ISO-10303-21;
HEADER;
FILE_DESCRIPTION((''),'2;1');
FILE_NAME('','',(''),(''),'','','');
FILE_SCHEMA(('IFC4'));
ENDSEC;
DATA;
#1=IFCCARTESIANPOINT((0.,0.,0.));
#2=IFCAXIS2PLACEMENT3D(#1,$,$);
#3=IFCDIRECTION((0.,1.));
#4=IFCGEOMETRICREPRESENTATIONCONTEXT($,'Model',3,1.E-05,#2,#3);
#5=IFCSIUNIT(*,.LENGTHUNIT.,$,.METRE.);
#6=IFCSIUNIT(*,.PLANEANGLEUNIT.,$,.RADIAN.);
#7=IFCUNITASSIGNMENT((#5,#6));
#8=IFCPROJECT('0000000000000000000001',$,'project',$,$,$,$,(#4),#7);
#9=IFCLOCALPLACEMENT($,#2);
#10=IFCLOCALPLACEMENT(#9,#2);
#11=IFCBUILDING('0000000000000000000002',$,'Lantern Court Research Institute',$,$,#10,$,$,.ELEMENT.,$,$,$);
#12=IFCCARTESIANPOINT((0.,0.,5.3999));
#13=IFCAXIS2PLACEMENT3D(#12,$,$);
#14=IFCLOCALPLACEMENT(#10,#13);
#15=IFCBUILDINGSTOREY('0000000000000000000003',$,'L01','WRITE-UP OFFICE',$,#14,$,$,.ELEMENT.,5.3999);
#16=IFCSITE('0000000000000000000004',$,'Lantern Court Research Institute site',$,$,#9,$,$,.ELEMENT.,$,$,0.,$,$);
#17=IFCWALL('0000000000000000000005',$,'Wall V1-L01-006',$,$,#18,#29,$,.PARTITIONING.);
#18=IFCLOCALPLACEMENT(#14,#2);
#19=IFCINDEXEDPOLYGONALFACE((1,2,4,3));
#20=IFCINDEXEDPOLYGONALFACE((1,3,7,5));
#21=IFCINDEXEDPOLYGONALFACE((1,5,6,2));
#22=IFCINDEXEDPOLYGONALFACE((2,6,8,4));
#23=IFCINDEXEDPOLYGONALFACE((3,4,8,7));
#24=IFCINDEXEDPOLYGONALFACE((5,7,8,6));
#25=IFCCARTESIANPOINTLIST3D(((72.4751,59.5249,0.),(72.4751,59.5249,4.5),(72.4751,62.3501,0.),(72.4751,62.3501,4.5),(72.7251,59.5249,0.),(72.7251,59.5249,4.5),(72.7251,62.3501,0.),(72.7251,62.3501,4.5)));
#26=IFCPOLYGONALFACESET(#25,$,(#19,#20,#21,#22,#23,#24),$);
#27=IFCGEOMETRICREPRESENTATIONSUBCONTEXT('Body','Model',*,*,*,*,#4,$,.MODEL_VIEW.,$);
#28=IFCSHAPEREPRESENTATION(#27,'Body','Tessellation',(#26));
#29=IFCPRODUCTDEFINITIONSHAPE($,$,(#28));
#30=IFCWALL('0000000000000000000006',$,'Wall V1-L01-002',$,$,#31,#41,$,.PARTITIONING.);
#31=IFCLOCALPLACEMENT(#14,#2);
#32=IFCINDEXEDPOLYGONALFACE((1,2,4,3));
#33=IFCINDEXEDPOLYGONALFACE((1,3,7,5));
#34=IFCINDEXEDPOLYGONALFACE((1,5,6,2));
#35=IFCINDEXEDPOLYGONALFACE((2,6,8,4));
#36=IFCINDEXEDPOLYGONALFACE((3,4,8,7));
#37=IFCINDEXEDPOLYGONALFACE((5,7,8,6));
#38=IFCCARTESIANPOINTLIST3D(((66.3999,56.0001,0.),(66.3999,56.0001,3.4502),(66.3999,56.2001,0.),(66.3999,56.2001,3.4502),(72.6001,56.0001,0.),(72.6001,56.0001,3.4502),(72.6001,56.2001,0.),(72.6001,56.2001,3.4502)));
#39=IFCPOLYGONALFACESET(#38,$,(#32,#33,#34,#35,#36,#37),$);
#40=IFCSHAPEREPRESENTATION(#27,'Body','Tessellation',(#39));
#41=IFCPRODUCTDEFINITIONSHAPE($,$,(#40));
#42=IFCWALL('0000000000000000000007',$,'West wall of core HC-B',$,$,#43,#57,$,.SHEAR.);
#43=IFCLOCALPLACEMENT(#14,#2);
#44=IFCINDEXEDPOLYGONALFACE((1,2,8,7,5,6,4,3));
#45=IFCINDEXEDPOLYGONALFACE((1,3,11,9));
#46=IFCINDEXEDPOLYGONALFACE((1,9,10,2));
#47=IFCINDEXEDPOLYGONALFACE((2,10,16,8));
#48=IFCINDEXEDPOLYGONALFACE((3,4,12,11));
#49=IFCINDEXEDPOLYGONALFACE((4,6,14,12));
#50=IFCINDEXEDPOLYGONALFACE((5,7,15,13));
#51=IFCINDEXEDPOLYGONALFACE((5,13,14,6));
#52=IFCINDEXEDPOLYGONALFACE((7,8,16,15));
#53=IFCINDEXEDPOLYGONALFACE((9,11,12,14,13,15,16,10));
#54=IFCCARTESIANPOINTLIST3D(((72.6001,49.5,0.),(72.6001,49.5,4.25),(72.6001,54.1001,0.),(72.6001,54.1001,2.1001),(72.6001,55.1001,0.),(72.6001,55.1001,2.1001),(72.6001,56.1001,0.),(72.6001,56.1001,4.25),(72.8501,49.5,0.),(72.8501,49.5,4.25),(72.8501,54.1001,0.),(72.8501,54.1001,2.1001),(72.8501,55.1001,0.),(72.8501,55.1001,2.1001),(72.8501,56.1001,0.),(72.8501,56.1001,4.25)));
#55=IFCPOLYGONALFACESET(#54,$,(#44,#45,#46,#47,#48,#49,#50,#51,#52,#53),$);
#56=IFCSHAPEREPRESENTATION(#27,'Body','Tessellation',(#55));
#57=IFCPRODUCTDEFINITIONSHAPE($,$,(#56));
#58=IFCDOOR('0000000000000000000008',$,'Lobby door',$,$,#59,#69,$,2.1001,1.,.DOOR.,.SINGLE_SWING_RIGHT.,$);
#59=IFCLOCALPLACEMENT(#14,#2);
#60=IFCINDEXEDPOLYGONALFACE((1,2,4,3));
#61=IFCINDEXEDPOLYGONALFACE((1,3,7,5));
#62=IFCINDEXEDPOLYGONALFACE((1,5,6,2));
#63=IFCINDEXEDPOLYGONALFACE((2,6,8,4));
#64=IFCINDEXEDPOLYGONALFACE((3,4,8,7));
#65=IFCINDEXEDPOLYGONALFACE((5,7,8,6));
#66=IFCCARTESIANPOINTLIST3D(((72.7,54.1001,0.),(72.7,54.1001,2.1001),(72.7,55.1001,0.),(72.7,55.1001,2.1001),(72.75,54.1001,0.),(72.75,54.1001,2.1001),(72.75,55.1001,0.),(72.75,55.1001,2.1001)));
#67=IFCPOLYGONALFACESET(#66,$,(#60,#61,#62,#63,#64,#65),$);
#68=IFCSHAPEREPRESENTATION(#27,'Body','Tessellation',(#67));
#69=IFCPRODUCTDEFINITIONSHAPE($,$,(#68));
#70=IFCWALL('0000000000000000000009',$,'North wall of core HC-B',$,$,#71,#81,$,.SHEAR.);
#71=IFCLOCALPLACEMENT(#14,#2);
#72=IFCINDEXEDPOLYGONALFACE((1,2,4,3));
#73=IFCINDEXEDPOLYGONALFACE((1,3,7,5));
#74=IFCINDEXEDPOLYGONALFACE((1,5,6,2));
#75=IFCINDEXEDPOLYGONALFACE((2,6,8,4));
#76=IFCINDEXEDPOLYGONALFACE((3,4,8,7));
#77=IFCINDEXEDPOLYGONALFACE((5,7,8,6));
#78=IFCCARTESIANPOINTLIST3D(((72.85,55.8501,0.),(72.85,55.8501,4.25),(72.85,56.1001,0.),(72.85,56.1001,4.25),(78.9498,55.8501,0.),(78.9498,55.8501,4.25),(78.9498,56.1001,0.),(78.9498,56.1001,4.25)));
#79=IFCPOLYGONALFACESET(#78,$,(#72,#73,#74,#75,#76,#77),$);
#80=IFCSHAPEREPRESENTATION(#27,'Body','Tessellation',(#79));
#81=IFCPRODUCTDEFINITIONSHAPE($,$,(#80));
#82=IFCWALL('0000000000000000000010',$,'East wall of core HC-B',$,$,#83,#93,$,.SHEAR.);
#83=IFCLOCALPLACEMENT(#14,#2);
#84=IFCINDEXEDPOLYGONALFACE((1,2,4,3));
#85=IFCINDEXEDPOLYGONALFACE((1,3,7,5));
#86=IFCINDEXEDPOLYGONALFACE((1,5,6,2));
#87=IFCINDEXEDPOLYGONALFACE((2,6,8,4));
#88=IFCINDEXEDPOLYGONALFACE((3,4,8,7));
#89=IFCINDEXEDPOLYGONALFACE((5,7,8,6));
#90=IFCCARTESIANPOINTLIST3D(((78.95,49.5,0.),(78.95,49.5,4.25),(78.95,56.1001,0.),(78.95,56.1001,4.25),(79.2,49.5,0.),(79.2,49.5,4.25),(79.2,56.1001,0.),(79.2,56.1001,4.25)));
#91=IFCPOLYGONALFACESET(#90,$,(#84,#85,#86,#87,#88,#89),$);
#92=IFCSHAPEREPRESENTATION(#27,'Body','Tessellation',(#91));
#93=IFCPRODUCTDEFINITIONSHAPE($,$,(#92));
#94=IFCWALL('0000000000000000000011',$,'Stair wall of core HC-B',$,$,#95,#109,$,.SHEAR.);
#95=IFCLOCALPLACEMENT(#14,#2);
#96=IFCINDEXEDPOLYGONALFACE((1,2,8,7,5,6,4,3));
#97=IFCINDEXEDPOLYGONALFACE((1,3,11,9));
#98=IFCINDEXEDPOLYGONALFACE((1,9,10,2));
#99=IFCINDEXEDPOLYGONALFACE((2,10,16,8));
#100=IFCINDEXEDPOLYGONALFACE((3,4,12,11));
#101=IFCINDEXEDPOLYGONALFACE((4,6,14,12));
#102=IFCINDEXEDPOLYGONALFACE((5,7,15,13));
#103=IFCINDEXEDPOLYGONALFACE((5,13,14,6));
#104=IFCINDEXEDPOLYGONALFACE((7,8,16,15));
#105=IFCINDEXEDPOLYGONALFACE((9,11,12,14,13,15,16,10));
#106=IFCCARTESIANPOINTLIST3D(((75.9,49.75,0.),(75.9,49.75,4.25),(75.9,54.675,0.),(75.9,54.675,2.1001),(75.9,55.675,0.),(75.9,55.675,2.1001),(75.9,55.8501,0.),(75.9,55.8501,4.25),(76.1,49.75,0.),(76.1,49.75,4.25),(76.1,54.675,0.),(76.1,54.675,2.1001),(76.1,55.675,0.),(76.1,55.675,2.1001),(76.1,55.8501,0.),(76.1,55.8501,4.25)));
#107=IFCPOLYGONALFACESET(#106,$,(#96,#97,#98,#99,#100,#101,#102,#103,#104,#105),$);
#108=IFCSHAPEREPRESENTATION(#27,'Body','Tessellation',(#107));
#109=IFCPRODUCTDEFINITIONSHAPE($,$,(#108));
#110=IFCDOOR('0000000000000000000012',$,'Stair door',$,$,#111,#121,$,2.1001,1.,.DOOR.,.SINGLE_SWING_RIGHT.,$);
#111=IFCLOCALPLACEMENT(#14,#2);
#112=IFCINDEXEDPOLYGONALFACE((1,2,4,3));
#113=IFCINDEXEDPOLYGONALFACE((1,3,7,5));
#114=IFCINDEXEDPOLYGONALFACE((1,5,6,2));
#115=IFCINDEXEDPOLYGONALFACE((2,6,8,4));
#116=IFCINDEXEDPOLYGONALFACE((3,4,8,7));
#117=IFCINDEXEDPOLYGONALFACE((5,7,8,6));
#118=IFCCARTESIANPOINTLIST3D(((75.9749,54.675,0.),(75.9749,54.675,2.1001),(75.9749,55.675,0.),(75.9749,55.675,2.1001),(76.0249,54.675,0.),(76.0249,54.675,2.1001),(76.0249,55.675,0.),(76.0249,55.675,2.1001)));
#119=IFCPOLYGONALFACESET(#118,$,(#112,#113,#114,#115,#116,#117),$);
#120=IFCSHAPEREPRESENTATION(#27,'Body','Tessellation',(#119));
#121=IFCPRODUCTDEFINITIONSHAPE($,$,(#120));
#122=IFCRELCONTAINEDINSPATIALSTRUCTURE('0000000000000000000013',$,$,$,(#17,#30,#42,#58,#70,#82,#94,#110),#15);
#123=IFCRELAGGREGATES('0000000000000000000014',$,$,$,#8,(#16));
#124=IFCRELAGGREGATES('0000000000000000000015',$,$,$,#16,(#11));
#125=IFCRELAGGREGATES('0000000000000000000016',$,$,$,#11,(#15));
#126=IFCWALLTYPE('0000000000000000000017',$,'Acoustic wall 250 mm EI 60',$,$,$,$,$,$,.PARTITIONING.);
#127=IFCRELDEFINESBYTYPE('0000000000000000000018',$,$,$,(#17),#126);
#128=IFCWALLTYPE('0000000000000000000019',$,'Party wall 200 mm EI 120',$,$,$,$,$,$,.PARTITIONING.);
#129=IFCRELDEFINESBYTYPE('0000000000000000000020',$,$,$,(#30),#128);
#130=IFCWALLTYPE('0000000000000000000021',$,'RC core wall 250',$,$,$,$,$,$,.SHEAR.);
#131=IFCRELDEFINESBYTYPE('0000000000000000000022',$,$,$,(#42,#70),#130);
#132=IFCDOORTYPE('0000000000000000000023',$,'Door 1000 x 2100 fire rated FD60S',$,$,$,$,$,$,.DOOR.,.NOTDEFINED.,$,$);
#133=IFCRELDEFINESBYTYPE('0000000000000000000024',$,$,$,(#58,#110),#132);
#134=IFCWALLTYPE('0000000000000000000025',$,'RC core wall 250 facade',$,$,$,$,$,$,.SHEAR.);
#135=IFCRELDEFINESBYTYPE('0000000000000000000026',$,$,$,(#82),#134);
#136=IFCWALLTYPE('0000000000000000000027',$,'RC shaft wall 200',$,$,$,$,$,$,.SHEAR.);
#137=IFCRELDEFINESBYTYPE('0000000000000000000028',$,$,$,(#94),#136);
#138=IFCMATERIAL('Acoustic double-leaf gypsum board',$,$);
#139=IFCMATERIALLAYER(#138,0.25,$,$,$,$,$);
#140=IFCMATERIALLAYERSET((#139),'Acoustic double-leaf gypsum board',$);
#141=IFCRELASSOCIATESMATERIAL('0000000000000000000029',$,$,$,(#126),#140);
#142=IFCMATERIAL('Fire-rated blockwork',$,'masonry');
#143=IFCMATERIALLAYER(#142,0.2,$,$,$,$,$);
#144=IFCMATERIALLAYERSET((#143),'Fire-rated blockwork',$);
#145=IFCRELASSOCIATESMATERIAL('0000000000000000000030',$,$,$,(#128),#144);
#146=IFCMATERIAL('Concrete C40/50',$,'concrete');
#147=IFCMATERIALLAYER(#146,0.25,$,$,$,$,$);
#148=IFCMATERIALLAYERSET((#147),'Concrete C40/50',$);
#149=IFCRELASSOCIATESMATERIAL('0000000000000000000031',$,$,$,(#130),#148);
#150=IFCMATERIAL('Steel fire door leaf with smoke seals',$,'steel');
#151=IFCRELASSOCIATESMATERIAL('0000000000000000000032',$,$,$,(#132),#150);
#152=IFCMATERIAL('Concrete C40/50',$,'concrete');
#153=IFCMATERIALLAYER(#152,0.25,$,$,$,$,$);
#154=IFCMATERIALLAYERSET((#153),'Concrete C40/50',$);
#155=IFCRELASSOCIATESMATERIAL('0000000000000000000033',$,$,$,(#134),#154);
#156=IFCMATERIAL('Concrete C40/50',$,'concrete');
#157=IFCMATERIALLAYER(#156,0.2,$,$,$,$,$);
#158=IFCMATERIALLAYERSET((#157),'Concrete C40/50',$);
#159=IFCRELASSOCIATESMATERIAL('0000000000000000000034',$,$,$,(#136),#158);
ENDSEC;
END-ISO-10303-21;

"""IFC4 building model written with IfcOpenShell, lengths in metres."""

from ifc_helpers import new_model, si_unit, direction, frame, frame_2d, origin, place, context, subcontext, project, spatial, rectangle, extrude, material, layer, layer_set, type_object, element, fill, save


model = new_model("IFC4")

# Units and contexts
model_context = context("Model", 3, precision=1e-05, world=origin(), true_north=direction((0.0, 1.0)))
body_context = subcontext(model_context, "Body", "Model", "MODEL_VIEW")
ifc_project = project(units=[si_unit("LENGTHUNIT", "METRE"), si_unit("PLANEANGLEUNIT", "RADIAN")], contexts=[model_context])

# Site, building, storey
site_placement = place(None, origin())
site = spatial("IfcSite", under=ifc_project, at=site_placement, Name="Lantern Court Research Institute site", CompositionType="ELEMENT", RefElevation=0.0)
building_placement = place(site_placement, origin())
building = spatial("IfcBuilding", under=site, at=building_placement, Name="Lantern Court Research Institute", CompositionType="ELEMENT")
storey_placement = place(building_placement, frame((0.0, 0.0, 5.3999)))
storey = spatial("IfcBuildingStorey", under=building, at=storey_placement, Name="L01", Description="WRITE-UP OFFICE", CompositionType="ELEMENT", Elevation=5.3999)

# Walls
ifc_material_1 = material(Name="Acoustic double-leaf gypsum board")
ifc_layer_1 = layer(ifc_material_1, 0.25)
ifc_layer_set_1 = layer_set([ifc_layer_1], Name="Acoustic double-leaf gypsum board")
wall_type_1 = type_object("IfcWallType", Name="Acoustic wall 250 mm EI 60", PredefinedType="PARTITIONING", material=ifc_layer_set_1)
for number, where, z_axis, x_axis, name in (
    (1, (72.6001, 59.5249, 0.0), (0.0, 0.0, 1.0), (0.0, 1.0, 0.0), "Wall V1-L01-006"),
):
    element("IfcWall", number, at=place(storey_placement, frame(where, z_axis=z_axis, x_axis=x_axis)), inside=storey, type_object=wall_type_1, Name=name, PredefinedType="PARTITIONING", context=body_context, shape_type="SweptSolid", body=[
        extrude(rectangle(XDim=2.8252, YDim=0.25, at=frame_2d((1.4126, 0.0))), origin(), (0.0, 0.0, 1.0), 4.5),
    ])
ifc_material_2 = material(Name="Fire-rated blockwork", Category="masonry")
ifc_layer_2 = layer(ifc_material_2, 0.2)
ifc_layer_set_2 = layer_set([ifc_layer_2], Name="Fire-rated blockwork")
wall_type_2 = type_object("IfcWallType", Name="Party wall 200 mm EI 120", PredefinedType="PARTITIONING", material=ifc_layer_set_2)
wall_1_placement = place(storey_placement, frame((66.3999, 56.1001, 0.0), z_axis=(0.0, 0.0, 1.0), x_axis=(1.0, 0.0, 0.0)))
element("IfcWall", 2, at=wall_1_placement, inside=storey, type_object=wall_type_2, Name="Wall V1-L01-002", PredefinedType="PARTITIONING", context=body_context, shape_type="SweptSolid", body=[
    extrude(rectangle(XDim=6.2002, YDim=0.2, at=frame_2d((3.1001, 0.0))), origin(), (0.0, 0.0, 1.0), 3.4502),
])

# Wall, opening, door
ifc_material_3 = material(Name="Concrete C40/50", Category="concrete")
ifc_layer_3 = layer(ifc_material_3, 0.25)
ifc_layer_set_3 = layer_set([ifc_layer_3], Name="Concrete C40/50")
wall_type_3 = type_object("IfcWallType", Name="RC core wall 250", PredefinedType="SHEAR", material=ifc_layer_set_3)
wall_2_placement = place(storey_placement, frame((72.7251, 56.1001, 0.0), z_axis=(0.0, 0.0, 1.0), x_axis=(0.0, -1.0, 0.0)))
wall_2 = element("IfcWall", 3, at=wall_2_placement, inside=storey, type_object=wall_type_3, Name="West wall of core HC-B", PredefinedType="SHEAR", context=body_context, shape_type="SweptSolid", body=[
    extrude(rectangle(XDim=6.6001, YDim=0.25, at=frame_2d((3.3, 0.0))), origin(), (0.0, 0.0, 1.0), 4.25),
])
opening_1_placement = place(wall_2_placement, frame((1.0, 0.0, 0.0)))
opening_1 = element("IfcOpeningElement", 4, at=opening_1_placement, cuts=wall_2, PredefinedType="OPENING", context=body_context, shape_type="SweptSolid", body=[
    extrude(rectangle(XDim=1.0, YDim=2.1001, at=frame_2d((0.5, 1.05))), frame((0.0, 0.135, 0.0), z_axis=(0.0, -1.0, 0.0), x_axis=(1.0, 0.0, 0.0)), (0.0, 0.0, 1.0), 0.27),
])
ifc_material_4 = material(Name="Steel fire door leaf with smoke seals", Category="steel")
door_type = type_object("IfcDoorType", Name="Door 1000 x 2100 fire rated FD60S", OperationType="NOTDEFINED", PredefinedType="DOOR", material=ifc_material_4)
door_1_placement = place(opening_1_placement, origin())
door_1 = element("IfcDoor", 5, at=door_1_placement, inside=storey, type_object=door_type, Name="Lobby door", OperationType="SINGLE_SWING_RIGHT", OverallHeight=2.1001, OverallWidth=1.0, PredefinedType="DOOR", context=body_context, shape_type="SweptSolid", body=[
    extrude(rectangle(XDim=1.0, YDim=2.1001, at=frame_2d((0.5, 1.05))), frame((0.0, 0.0249, 0.0), z_axis=(0.0, -1.0, 0.0), x_axis=(1.0, 0.0, 0.0)), (0.0, 0.0, 1.0), 0.05),
])
fill(opening_1, door_1)

# Walls
wall_3_placement = place(storey_placement, frame((72.8501, 55.9751, 0.0), z_axis=(0.0, 0.0, 1.0), x_axis=(1.0, 0.0, 0.0)))
element("IfcWall", 6, at=wall_3_placement, inside=storey, type_object=wall_type_3, Name="North wall of core HC-B", PredefinedType="SHEAR", context=body_context, shape_type="SweptSolid", body=[
    extrude(rectangle(XDim=6.0999, YDim=0.25, at=frame_2d((3.0498, 0.0))), origin(), (0.0, 0.0, 1.0), 4.25),
])
ifc_material_5 = material(Name="Concrete C40/50", Category="concrete")
ifc_layer_4 = layer(ifc_material_5, 0.25)
ifc_layer_set_4 = layer_set([ifc_layer_4], Name="Concrete C40/50")
wall_type_4 = type_object("IfcWallType", Name="RC core wall 250 facade", PredefinedType="SHEAR", material=ifc_layer_set_4)
wall_4_placement = place(storey_placement, frame((79.075, 56.1001, 0.0), z_axis=(0.0, 0.0, 1.0), x_axis=(0.0, -1.0, 0.0)))
element("IfcWall", 7, at=wall_4_placement, inside=storey, type_object=wall_type_4, Name="East wall of core HC-B", PredefinedType="SHEAR", context=body_context, shape_type="SweptSolid", body=[
    extrude(rectangle(XDim=6.6001, YDim=0.25, at=frame_2d((3.3, 0.0))), origin(), (0.0, 0.0, 1.0), 4.25),
])

# Wall, opening, door
ifc_material_6 = material(Name="Concrete C40/50", Category="concrete")
ifc_layer_5 = layer(ifc_material_6, 0.2)
ifc_layer_set_5 = layer_set([ifc_layer_5], Name="Concrete C40/50")
wall_type_5 = type_object("IfcWallType", Name="RC shaft wall 200", PredefinedType="SHEAR", material=ifc_layer_set_5)
wall_5_placement = place(storey_placement, frame((76.0, 55.8501, 0.0), z_axis=(0.0, 0.0, 1.0), x_axis=(0.0, -1.0, 0.0)))
wall_5 = element("IfcWall", 8, at=wall_5_placement, inside=storey, type_object=wall_type_5, Name="Stair wall of core HC-B", PredefinedType="SHEAR", context=body_context, shape_type="SweptSolid", body=[
    extrude(rectangle(XDim=6.1001, YDim=0.2, at=frame_2d((3.05, 0.0))), origin(), (0.0, 0.0, 1.0), 4.25),
])
opening_2_placement = place(wall_5_placement, frame((0.175, 0.0, 0.0)))
opening_2 = element("IfcOpeningElement", 9, at=opening_2_placement, cuts=wall_5, PredefinedType="OPENING", context=body_context, shape_type="SweptSolid", body=[
    extrude(rectangle(XDim=1.0, YDim=2.1001, at=frame_2d((0.5, 1.05))), frame((0.0, 0.1099, 0.0), z_axis=(0.0, -1.0, 0.0), x_axis=(1.0, 0.0, 0.0)), (0.0, 0.0, 1.0), 0.22),
])
door_2_placement = place(opening_2_placement, origin())
door_2 = element("IfcDoor", 10, at=door_2_placement, inside=storey, type_object=door_type, Name="Stair door", OperationType="SINGLE_SWING_RIGHT", OverallHeight=2.1001, OverallWidth=1.0, PredefinedType="DOOR", context=body_context, shape_type="SweptSolid", body=[
    extrude(rectangle(XDim=1.0, YDim=2.1001, at=frame_2d((0.5, 1.05))), frame((0.0, 0.0249, 0.0), z_axis=(0.0, -1.0, 0.0), x_axis=(1.0, 0.0, 0.0)), (0.0, 0.0, 1.0), 0.05),
])
fill(opening_2, door_2)

save(model, "model.ifc")
